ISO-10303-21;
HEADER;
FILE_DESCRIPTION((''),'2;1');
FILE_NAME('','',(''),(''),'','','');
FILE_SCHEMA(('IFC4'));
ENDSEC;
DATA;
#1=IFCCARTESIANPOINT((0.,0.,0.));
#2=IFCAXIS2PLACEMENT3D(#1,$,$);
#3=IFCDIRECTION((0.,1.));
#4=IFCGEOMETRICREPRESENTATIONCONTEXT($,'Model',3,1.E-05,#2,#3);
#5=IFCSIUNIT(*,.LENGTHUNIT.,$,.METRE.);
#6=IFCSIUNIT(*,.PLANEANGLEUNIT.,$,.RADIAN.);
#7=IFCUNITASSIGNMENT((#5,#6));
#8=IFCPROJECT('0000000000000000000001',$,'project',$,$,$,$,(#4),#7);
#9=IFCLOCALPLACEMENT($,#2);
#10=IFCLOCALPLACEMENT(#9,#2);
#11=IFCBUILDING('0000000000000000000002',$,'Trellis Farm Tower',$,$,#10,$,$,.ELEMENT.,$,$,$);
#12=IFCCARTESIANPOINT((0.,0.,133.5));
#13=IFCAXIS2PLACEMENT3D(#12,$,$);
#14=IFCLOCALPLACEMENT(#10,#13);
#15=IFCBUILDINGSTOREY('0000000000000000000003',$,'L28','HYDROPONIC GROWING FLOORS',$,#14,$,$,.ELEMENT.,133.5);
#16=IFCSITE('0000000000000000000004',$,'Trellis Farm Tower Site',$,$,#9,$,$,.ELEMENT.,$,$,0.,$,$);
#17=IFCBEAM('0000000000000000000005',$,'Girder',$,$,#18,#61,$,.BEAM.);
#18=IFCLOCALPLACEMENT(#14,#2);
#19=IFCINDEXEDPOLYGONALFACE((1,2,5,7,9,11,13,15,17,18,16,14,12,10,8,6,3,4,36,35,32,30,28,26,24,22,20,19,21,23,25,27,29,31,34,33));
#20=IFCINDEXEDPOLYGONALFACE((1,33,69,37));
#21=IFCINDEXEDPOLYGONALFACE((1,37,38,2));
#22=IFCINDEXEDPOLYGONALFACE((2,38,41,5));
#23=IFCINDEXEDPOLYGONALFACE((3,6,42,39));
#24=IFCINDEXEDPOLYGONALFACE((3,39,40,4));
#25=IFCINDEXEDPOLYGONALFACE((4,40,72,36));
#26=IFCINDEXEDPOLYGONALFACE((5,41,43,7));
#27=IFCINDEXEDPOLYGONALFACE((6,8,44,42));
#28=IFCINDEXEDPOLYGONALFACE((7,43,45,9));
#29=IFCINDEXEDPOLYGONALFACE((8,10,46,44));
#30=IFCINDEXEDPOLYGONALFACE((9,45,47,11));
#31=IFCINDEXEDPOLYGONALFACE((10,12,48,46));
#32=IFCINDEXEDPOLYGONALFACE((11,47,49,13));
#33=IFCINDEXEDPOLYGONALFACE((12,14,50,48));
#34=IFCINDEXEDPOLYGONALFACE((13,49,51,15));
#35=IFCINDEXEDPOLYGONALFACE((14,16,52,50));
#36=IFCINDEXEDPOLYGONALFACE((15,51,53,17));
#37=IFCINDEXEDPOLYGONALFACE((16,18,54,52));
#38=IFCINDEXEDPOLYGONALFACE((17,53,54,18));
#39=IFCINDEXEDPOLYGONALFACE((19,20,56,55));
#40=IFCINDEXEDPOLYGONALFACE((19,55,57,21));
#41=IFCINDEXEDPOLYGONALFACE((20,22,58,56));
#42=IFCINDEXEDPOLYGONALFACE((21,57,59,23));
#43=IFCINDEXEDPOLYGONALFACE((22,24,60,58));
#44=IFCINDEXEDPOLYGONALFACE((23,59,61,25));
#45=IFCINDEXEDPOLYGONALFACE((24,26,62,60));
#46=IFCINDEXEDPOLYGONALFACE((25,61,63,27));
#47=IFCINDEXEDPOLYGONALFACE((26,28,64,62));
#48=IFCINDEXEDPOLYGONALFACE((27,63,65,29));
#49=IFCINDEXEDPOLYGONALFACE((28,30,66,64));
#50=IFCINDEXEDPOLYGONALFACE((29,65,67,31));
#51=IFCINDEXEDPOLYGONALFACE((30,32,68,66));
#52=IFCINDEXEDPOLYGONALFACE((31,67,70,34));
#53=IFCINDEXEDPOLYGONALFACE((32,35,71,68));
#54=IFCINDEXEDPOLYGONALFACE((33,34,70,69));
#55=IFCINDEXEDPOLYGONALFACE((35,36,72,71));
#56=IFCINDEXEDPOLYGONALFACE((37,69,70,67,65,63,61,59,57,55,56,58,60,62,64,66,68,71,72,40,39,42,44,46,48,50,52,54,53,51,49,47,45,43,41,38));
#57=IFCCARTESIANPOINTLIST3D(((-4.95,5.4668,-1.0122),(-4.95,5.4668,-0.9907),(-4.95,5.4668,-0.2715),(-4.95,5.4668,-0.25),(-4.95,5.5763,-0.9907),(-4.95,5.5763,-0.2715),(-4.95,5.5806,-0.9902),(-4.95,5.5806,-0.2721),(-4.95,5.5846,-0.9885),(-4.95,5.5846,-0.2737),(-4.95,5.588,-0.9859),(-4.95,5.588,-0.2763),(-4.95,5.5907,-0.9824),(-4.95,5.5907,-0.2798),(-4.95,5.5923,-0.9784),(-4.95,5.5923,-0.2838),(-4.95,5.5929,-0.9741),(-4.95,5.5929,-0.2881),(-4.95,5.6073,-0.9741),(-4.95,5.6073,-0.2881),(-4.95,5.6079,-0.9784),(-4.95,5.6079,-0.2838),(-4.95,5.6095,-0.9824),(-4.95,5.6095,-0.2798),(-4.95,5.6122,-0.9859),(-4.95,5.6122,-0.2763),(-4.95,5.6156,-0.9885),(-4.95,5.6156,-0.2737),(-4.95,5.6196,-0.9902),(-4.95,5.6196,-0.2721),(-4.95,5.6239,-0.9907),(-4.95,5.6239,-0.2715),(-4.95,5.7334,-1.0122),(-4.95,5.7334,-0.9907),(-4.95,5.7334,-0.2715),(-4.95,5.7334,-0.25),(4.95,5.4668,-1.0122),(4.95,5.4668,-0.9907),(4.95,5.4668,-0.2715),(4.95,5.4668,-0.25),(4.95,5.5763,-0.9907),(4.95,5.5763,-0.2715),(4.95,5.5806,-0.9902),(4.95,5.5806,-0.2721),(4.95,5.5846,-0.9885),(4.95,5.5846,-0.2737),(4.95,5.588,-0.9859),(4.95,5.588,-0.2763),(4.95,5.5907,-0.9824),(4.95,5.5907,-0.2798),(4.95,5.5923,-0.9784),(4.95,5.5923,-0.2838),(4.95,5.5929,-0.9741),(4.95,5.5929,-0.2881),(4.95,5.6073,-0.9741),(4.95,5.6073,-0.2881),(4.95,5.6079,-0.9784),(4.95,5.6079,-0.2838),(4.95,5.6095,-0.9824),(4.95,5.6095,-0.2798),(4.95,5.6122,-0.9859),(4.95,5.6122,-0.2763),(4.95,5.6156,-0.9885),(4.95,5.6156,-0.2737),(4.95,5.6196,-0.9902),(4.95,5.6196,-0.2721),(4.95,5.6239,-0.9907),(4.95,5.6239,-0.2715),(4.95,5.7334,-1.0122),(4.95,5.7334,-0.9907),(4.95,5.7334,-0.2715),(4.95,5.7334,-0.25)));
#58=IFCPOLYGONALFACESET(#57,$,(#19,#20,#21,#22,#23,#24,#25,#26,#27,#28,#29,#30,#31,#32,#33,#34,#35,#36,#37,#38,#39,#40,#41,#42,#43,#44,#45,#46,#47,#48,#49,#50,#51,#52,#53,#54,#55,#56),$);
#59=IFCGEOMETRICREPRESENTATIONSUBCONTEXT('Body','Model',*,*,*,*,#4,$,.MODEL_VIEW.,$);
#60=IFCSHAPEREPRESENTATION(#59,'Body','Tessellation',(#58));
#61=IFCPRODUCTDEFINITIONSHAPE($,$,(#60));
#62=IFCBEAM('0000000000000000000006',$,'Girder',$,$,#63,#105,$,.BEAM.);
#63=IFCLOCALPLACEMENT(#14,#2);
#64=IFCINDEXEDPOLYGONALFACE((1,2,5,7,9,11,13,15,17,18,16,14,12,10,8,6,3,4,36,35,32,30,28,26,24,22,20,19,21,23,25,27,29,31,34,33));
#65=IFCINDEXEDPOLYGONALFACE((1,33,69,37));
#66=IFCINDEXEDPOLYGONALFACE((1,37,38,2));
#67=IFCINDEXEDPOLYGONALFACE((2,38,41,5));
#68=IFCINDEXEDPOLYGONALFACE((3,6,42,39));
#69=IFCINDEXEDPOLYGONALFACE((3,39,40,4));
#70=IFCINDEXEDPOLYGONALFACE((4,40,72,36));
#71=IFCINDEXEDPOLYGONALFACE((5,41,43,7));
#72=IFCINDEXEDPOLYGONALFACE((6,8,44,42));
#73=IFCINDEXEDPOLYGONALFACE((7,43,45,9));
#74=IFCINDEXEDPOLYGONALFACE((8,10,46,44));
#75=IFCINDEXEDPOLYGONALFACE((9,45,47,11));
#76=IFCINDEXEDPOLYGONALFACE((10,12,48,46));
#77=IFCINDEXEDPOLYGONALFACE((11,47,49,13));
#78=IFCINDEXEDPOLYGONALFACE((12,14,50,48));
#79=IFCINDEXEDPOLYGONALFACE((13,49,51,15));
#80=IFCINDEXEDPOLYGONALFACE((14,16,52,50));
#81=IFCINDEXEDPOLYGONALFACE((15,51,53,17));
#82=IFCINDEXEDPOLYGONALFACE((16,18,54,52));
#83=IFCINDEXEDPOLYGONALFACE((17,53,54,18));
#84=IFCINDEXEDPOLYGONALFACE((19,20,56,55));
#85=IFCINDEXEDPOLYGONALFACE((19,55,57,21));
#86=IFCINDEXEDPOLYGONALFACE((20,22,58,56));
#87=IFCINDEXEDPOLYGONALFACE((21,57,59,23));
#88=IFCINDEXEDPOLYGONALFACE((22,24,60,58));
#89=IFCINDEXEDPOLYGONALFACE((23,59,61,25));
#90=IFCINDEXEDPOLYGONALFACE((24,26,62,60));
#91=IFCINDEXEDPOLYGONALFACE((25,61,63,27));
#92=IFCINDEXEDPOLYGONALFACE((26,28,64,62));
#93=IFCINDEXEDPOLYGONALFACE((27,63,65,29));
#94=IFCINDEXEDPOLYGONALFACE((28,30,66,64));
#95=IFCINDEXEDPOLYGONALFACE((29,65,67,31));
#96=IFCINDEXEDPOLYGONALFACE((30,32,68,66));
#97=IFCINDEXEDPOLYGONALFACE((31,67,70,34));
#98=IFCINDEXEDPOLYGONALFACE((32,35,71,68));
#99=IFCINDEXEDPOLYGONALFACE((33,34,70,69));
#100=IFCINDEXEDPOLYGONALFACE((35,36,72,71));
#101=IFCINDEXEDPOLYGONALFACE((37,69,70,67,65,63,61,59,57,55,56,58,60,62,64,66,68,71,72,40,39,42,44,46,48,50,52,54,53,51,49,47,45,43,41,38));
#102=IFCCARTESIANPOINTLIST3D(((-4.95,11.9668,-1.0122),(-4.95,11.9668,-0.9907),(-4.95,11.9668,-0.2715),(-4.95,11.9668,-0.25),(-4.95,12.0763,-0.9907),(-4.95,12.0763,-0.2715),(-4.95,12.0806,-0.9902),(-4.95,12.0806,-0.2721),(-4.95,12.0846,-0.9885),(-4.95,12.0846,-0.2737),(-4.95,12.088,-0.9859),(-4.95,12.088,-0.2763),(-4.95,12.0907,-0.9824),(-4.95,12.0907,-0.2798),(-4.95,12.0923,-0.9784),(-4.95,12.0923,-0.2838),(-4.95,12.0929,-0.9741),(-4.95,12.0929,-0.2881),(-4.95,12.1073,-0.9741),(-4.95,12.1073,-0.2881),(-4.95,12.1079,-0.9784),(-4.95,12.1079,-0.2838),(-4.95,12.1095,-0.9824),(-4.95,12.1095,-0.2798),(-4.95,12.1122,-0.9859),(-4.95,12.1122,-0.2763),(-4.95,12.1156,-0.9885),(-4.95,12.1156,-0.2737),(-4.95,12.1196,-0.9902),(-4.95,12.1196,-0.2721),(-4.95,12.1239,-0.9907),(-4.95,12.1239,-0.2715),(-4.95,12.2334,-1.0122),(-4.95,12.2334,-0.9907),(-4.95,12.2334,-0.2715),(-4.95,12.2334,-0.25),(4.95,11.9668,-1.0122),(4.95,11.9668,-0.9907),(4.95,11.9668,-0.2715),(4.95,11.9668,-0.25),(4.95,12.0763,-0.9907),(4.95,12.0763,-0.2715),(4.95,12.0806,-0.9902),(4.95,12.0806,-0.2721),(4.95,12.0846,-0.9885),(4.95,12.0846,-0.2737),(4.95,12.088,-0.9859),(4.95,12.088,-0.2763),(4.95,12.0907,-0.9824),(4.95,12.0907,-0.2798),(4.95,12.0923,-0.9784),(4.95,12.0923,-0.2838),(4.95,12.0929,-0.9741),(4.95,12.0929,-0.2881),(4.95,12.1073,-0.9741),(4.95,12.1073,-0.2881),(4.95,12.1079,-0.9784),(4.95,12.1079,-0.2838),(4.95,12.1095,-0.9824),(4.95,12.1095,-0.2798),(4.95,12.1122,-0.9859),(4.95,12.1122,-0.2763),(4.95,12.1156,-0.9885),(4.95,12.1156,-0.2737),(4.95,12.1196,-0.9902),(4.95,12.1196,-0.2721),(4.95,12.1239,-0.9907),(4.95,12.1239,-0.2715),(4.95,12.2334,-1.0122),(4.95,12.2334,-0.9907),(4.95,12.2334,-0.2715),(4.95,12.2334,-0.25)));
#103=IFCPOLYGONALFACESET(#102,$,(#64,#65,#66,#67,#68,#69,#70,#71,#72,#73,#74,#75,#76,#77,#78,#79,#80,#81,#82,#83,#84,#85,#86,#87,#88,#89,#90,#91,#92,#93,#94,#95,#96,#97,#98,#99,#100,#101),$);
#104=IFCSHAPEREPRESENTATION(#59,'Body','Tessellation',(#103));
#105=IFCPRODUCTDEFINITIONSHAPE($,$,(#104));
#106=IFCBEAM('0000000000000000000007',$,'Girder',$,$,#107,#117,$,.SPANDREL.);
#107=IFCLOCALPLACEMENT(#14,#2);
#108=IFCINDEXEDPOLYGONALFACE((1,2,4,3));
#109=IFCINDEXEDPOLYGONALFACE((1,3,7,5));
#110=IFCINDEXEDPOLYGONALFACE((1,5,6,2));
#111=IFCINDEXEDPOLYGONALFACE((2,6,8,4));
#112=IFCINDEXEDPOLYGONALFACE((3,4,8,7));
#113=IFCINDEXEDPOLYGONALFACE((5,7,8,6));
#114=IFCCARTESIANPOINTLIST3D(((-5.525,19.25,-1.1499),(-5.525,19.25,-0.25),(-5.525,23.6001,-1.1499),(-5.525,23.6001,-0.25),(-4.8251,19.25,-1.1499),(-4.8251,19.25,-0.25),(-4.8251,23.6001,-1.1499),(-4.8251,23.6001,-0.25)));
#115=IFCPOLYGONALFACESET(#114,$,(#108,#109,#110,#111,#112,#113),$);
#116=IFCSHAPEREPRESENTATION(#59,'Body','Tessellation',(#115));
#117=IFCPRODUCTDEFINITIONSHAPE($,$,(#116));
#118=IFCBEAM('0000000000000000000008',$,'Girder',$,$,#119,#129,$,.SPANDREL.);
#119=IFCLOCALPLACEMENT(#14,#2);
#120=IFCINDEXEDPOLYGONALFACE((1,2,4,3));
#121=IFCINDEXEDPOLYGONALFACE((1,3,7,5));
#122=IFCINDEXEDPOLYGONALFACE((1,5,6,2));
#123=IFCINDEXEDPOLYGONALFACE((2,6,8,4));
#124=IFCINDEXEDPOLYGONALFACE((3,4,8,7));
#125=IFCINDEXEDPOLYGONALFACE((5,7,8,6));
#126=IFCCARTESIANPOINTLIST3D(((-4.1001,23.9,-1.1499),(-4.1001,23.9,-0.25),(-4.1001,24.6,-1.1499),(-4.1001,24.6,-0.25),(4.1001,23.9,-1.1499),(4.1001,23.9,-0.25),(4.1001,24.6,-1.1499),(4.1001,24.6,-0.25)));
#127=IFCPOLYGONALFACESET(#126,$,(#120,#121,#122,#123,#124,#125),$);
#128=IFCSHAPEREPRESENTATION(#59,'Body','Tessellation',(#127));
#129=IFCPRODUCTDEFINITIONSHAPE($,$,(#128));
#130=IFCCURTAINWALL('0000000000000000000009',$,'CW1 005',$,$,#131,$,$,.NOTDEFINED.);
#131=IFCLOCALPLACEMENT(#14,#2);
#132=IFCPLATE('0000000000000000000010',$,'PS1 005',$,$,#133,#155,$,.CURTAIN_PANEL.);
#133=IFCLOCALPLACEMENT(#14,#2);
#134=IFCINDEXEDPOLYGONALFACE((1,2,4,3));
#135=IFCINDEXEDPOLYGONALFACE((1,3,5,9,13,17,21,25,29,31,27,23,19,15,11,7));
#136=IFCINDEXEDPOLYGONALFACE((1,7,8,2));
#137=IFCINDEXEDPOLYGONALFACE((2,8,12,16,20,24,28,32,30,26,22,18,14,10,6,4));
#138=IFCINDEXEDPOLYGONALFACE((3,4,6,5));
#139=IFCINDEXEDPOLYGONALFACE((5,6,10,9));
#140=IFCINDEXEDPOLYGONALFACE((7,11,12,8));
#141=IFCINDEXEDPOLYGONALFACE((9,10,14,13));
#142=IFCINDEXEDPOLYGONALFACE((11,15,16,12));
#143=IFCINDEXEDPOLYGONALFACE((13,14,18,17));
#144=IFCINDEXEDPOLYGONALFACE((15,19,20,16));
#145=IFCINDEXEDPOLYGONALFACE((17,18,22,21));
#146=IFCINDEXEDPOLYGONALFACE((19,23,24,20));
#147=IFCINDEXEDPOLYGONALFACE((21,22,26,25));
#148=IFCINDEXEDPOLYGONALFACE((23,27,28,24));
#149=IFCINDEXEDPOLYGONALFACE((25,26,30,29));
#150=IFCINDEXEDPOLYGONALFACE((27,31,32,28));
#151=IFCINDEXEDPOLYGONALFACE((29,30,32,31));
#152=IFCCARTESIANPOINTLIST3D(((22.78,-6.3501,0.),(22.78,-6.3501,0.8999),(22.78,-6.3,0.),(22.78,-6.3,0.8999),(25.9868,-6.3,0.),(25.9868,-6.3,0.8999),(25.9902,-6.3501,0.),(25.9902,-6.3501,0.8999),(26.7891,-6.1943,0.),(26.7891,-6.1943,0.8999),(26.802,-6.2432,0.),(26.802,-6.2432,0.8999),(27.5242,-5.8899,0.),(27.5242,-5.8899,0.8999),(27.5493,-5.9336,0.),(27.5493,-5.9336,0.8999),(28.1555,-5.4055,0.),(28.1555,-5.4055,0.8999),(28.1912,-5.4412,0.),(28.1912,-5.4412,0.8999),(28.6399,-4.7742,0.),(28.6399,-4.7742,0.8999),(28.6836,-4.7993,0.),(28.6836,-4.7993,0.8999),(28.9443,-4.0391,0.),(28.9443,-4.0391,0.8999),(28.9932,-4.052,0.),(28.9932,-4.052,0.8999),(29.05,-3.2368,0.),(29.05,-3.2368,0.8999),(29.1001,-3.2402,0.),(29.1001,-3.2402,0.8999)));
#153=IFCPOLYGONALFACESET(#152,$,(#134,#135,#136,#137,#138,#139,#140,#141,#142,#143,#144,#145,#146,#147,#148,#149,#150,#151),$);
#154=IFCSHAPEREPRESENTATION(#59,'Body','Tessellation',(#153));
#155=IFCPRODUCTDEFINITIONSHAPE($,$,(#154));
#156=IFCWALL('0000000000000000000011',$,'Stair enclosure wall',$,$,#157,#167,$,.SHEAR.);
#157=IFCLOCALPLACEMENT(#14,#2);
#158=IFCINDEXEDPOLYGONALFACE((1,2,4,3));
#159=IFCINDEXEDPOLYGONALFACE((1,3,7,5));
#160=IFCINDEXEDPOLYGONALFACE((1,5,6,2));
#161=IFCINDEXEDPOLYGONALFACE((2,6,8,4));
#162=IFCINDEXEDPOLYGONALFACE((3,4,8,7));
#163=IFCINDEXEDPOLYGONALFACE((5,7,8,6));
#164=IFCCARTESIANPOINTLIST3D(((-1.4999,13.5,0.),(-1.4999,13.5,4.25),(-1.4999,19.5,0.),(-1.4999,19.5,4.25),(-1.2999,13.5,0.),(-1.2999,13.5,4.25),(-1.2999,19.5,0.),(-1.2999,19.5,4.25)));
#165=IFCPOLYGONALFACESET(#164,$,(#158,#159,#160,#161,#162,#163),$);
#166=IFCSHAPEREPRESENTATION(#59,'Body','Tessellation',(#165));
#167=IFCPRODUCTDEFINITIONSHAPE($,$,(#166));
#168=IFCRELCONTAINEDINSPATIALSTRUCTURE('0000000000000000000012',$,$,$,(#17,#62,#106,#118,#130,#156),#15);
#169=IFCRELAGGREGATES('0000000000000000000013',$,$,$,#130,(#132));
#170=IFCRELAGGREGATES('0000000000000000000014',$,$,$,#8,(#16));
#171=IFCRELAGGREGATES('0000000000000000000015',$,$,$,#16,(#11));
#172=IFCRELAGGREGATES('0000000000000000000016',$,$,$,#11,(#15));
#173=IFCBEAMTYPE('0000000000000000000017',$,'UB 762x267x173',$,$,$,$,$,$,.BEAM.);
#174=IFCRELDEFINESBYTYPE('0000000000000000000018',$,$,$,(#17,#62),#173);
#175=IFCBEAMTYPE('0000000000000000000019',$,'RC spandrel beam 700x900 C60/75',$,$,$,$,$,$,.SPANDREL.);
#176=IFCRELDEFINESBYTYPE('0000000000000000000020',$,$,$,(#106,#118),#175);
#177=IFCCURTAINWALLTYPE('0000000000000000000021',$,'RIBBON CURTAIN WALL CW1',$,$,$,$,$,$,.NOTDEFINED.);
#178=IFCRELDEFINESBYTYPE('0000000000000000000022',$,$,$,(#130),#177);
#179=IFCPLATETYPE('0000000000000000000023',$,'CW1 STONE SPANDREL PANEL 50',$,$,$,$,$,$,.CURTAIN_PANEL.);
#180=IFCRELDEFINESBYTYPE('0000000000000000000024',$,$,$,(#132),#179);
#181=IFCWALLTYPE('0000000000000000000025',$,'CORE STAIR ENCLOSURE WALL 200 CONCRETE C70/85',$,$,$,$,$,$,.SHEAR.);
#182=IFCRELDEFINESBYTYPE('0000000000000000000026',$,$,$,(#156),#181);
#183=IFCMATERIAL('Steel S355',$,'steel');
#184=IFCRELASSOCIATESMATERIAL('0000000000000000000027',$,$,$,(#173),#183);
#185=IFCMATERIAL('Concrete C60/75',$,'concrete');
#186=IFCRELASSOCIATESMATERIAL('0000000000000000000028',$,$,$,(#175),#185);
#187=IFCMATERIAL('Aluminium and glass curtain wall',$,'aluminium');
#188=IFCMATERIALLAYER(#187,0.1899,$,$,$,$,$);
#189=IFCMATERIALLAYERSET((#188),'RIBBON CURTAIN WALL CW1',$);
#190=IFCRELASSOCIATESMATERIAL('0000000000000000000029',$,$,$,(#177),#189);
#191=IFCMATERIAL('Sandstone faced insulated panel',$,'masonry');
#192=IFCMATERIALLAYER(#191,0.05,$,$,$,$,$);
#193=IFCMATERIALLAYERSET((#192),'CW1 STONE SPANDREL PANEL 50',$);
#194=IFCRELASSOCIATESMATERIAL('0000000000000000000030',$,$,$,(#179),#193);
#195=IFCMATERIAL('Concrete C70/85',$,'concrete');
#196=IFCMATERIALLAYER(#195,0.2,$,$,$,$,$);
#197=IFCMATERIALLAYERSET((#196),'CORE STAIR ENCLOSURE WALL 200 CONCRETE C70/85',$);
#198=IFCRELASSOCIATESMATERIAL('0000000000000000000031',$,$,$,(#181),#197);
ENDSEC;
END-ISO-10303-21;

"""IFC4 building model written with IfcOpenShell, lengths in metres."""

from ifc_helpers import new_model, si_unit, direction, frame, frame_2d, origin, origin_2d, place, context, subcontext, project, spatial, polyline, rectangle, i_section, outline, extrude, source, transform, mapped, material, layer, layer_set, material_profile, profile_set, type_object, element, aggregate, save


model = new_model("IFC4")

# Units and contexts
model_context = context("Model", 3, precision=1e-05, world=origin(), true_north=direction((0.0, 1.0)))
body_context = subcontext(model_context, "Body", "Model", "MODEL_VIEW")
ifc_project = project(units=[si_unit("LENGTHUNIT", "METRE"), si_unit("PLANEANGLEUNIT", "RADIAN")], contexts=[model_context])

# Site, building, storey
site_placement = place(None, origin())
site = spatial("IfcSite", under=ifc_project, at=site_placement, Name="Trellis Farm Tower Site", CompositionType="ELEMENT", RefElevation=0.0)
building_placement = place(site_placement, origin())
building = spatial("IfcBuilding", under=site, at=building_placement, Name="Trellis Farm Tower", CompositionType="ELEMENT")
storey_placement = place(building_placement, frame((0.0, 0.0, 133.5)))
storey = spatial("IfcBuildingStorey", under=building, at=storey_placement, Name="L28", Description="HYDROPONIC GROWING FLOORS", CompositionType="ELEMENT", Elevation=133.5)

# Beams
ifc_material_1 = material(Name="Steel S355", Category="steel")
ifc_material_profile_1 = material_profile(ifc_material_1, i_section(OverallWidth=0.2666, OverallDepth=0.7622, WebThickness=0.0144, FlangeThickness=0.0215, FilletRadius=0.0166, at=origin_2d()), Name="UB 762x267x173")
ifc_profile_set_1 = profile_set([ifc_material_profile_1], Name="Steel S355")
beam_type_1 = type_object("IfcBeamType", Name="UB 762x267x173", PredefinedType="BEAM", material=ifc_profile_set_1)
shared_shape_1 = source(origin(), body_context, "Body", "SweptSolid", [
    extrude(i_section(OverallWidth=0.2666, OverallDepth=0.7622, WebThickness=0.0144, FlangeThickness=0.0215, FilletRadius=0.0166, at=origin_2d()), origin(), (0.0, 0.0, 1.0), 9.8999),
])
for number, where, z_axis, x_axis, name in (
    (1, (-4.95, 5.6001, -0.6311), (1.0, 0.0, 0.0), (0.0, 1.0, 0.0), "Girder"),
    (2, (-4.95, 12.1001, -0.6311), (1.0, 0.0, 0.0), (0.0, 1.0, 0.0), "Girder"),
):
    element("IfcBeam", number, at=place(storey_placement, frame(where, z_axis=z_axis, x_axis=x_axis)), inside=storey, type_object=beam_type_1, Name=name, PredefinedType="BEAM", context=body_context, shape_type="MappedRepresentation", body=[
        mapped(shared_shape_1, transform((0.0, 0.0, 0.0))),
    ])
ifc_material_2 = material(Name="Concrete C60/75", Category="concrete")
ifc_material_profile_2 = material_profile(ifc_material_2, rectangle(XDim=0.7, YDim=0.8999, at=origin_2d()), Name="RC spandrel beam 700x900 C60/75")
ifc_profile_set_2 = profile_set([ifc_material_profile_2], Name="Concrete C60/75")
beam_type_2 = type_object("IfcBeamType", Name="RC spandrel beam 700x900 C60/75", PredefinedType="SPANDREL", material=ifc_profile_set_2)
shared_shape_2 = source(origin(), body_context, "Body", "SweptSolid", [
    extrude(rectangle(XDim=0.7, YDim=0.8999, at=origin_2d()), origin(), (0.0, 0.0, 1.0), 4.3501),
])
beam_1_placement = place(storey_placement, frame((-5.175, 19.25, -0.7), z_axis=(0.0, 1.0, 0.0), x_axis=(-1.0, 0.0, 0.0)))
element("IfcBeam", 3, at=beam_1_placement, inside=storey, type_object=beam_type_2, Name="Girder", PredefinedType="SPANDREL", context=body_context, shape_type="MappedRepresentation", body=[
    mapped(shared_shape_2, transform((0.0, 0.0, 0.0))),
])
shared_shape_3 = source(origin(), body_context, "Body", "SweptSolid", [
    extrude(rectangle(XDim=0.7, YDim=0.8999, at=origin_2d()), origin(), (0.0, 0.0, 1.0), 8.2002),
])
beam_2_placement = place(storey_placement, frame((-4.1001, 24.25, -0.7), z_axis=(1.0, 0.0, 0.0), x_axis=(0.0, 1.0, 0.0)))
element("IfcBeam", 4, at=beam_2_placement, inside=storey, type_object=beam_type_2, Name="Girder", PredefinedType="SPANDREL", context=body_context, shape_type="MappedRepresentation", body=[
    mapped(shared_shape_3, transform((0.0, 0.0, 0.0))),
])

# Curtain wall, plate
ifc_material_3 = material(Name="Aluminium and glass curtain wall", Category="aluminium")
ifc_layer_1 = layer(ifc_material_3, 0.1899)
ifc_layer_set_1 = layer_set([ifc_layer_1], Name="RIBBON CURTAIN WALL CW1")
curtain_wall_type = type_object("IfcCurtainWallType", Name="RIBBON CURTAIN WALL CW1", PredefinedType="NOTDEFINED", material=ifc_layer_set_1)
placement = place(storey_placement, origin())
curtain_wall = element("IfcCurtainWall", 5, at=placement, inside=storey, type_object=curtain_wall_type, Name="CW1 005", PredefinedType="NOTDEFINED")
ifc_material_4 = material(Name="Sandstone faced insulated panel", Category="masonry")
ifc_layer_2 = layer(ifc_material_4, 0.05)
ifc_layer_set_2 = layer_set([ifc_layer_2], Name="CW1 STONE SPANDREL PANEL 50")
plate_type = type_object("IfcPlateType", Name="CW1 STONE SPANDREL PANEL 50", PredefinedType="CURTAIN_PANEL", material=ifc_layer_set_2)
shared_shape_4 = source(origin(), body_context, "Body", "SweptSolid", [
    extrude(outline(polyline([(22.78, -6.3501), (25.9902, -6.3501), (26.802, -6.2432), (27.5493, -5.9336), (28.1912, -5.4412), (28.6836, -4.7993), (28.9932, -4.052), (29.1001, -3.2402), (29.05, -3.2368), (28.9443, -4.0391), (28.6399, -4.7742), (28.1555, -5.4055), (27.5242, -5.8899), (26.7891, -6.1943), (25.9868, -6.3), (22.78, -6.3), (22.78, -6.3501)])), origin(), (0.0, 0.0, 1.0), 0.8999),
])
plate = element("IfcPlate", 6, at=placement, type_object=plate_type, Name="PS1 005", PredefinedType="CURTAIN_PANEL", context=body_context, shape_type="MappedRepresentation", body=[
    mapped(shared_shape_4, transform((0.0, 0.0, 0.0))),
])
aggregate(curtain_wall, [plate])

# Wall
ifc_material_5 = material(Name="Concrete C70/85", Category="concrete")
ifc_layer_3 = layer(ifc_material_5, 0.2)
ifc_layer_set_3 = layer_set([ifc_layer_3], Name="CORE STAIR ENCLOSURE WALL 200 CONCRETE C70/85")
wall_type_1 = type_object("IfcWallType", Name="CORE STAIR ENCLOSURE WALL 200 CONCRETE C70/85", PredefinedType="SHEAR", material=ifc_layer_set_3)
shared_shape_5 = source(origin(), body_context, "Body", "SweptSolid", [
    extrude(rectangle(XDim=6.0, YDim=0.2, at=frame_2d((3.0, 0.0))), origin(), (0.0, 0.0, 1.0), 4.25),
])
wall_1_placement = place(storey_placement, frame((-1.3999, 13.5, 0.0), z_axis=(0.0, 0.0, 1.0), x_axis=(0.0, 1.0, 0.0)))
element("IfcWall", 7, at=wall_1_placement, inside=storey, type_object=wall_type_1, Name="Stair enclosure wall", PredefinedType="SHEAR", context=body_context, shape_type="MappedRepresentation", body=[
    mapped(shared_shape_5, transform((0.0, 0.0, 0.0))),
])

save(model, "model.ifc")
